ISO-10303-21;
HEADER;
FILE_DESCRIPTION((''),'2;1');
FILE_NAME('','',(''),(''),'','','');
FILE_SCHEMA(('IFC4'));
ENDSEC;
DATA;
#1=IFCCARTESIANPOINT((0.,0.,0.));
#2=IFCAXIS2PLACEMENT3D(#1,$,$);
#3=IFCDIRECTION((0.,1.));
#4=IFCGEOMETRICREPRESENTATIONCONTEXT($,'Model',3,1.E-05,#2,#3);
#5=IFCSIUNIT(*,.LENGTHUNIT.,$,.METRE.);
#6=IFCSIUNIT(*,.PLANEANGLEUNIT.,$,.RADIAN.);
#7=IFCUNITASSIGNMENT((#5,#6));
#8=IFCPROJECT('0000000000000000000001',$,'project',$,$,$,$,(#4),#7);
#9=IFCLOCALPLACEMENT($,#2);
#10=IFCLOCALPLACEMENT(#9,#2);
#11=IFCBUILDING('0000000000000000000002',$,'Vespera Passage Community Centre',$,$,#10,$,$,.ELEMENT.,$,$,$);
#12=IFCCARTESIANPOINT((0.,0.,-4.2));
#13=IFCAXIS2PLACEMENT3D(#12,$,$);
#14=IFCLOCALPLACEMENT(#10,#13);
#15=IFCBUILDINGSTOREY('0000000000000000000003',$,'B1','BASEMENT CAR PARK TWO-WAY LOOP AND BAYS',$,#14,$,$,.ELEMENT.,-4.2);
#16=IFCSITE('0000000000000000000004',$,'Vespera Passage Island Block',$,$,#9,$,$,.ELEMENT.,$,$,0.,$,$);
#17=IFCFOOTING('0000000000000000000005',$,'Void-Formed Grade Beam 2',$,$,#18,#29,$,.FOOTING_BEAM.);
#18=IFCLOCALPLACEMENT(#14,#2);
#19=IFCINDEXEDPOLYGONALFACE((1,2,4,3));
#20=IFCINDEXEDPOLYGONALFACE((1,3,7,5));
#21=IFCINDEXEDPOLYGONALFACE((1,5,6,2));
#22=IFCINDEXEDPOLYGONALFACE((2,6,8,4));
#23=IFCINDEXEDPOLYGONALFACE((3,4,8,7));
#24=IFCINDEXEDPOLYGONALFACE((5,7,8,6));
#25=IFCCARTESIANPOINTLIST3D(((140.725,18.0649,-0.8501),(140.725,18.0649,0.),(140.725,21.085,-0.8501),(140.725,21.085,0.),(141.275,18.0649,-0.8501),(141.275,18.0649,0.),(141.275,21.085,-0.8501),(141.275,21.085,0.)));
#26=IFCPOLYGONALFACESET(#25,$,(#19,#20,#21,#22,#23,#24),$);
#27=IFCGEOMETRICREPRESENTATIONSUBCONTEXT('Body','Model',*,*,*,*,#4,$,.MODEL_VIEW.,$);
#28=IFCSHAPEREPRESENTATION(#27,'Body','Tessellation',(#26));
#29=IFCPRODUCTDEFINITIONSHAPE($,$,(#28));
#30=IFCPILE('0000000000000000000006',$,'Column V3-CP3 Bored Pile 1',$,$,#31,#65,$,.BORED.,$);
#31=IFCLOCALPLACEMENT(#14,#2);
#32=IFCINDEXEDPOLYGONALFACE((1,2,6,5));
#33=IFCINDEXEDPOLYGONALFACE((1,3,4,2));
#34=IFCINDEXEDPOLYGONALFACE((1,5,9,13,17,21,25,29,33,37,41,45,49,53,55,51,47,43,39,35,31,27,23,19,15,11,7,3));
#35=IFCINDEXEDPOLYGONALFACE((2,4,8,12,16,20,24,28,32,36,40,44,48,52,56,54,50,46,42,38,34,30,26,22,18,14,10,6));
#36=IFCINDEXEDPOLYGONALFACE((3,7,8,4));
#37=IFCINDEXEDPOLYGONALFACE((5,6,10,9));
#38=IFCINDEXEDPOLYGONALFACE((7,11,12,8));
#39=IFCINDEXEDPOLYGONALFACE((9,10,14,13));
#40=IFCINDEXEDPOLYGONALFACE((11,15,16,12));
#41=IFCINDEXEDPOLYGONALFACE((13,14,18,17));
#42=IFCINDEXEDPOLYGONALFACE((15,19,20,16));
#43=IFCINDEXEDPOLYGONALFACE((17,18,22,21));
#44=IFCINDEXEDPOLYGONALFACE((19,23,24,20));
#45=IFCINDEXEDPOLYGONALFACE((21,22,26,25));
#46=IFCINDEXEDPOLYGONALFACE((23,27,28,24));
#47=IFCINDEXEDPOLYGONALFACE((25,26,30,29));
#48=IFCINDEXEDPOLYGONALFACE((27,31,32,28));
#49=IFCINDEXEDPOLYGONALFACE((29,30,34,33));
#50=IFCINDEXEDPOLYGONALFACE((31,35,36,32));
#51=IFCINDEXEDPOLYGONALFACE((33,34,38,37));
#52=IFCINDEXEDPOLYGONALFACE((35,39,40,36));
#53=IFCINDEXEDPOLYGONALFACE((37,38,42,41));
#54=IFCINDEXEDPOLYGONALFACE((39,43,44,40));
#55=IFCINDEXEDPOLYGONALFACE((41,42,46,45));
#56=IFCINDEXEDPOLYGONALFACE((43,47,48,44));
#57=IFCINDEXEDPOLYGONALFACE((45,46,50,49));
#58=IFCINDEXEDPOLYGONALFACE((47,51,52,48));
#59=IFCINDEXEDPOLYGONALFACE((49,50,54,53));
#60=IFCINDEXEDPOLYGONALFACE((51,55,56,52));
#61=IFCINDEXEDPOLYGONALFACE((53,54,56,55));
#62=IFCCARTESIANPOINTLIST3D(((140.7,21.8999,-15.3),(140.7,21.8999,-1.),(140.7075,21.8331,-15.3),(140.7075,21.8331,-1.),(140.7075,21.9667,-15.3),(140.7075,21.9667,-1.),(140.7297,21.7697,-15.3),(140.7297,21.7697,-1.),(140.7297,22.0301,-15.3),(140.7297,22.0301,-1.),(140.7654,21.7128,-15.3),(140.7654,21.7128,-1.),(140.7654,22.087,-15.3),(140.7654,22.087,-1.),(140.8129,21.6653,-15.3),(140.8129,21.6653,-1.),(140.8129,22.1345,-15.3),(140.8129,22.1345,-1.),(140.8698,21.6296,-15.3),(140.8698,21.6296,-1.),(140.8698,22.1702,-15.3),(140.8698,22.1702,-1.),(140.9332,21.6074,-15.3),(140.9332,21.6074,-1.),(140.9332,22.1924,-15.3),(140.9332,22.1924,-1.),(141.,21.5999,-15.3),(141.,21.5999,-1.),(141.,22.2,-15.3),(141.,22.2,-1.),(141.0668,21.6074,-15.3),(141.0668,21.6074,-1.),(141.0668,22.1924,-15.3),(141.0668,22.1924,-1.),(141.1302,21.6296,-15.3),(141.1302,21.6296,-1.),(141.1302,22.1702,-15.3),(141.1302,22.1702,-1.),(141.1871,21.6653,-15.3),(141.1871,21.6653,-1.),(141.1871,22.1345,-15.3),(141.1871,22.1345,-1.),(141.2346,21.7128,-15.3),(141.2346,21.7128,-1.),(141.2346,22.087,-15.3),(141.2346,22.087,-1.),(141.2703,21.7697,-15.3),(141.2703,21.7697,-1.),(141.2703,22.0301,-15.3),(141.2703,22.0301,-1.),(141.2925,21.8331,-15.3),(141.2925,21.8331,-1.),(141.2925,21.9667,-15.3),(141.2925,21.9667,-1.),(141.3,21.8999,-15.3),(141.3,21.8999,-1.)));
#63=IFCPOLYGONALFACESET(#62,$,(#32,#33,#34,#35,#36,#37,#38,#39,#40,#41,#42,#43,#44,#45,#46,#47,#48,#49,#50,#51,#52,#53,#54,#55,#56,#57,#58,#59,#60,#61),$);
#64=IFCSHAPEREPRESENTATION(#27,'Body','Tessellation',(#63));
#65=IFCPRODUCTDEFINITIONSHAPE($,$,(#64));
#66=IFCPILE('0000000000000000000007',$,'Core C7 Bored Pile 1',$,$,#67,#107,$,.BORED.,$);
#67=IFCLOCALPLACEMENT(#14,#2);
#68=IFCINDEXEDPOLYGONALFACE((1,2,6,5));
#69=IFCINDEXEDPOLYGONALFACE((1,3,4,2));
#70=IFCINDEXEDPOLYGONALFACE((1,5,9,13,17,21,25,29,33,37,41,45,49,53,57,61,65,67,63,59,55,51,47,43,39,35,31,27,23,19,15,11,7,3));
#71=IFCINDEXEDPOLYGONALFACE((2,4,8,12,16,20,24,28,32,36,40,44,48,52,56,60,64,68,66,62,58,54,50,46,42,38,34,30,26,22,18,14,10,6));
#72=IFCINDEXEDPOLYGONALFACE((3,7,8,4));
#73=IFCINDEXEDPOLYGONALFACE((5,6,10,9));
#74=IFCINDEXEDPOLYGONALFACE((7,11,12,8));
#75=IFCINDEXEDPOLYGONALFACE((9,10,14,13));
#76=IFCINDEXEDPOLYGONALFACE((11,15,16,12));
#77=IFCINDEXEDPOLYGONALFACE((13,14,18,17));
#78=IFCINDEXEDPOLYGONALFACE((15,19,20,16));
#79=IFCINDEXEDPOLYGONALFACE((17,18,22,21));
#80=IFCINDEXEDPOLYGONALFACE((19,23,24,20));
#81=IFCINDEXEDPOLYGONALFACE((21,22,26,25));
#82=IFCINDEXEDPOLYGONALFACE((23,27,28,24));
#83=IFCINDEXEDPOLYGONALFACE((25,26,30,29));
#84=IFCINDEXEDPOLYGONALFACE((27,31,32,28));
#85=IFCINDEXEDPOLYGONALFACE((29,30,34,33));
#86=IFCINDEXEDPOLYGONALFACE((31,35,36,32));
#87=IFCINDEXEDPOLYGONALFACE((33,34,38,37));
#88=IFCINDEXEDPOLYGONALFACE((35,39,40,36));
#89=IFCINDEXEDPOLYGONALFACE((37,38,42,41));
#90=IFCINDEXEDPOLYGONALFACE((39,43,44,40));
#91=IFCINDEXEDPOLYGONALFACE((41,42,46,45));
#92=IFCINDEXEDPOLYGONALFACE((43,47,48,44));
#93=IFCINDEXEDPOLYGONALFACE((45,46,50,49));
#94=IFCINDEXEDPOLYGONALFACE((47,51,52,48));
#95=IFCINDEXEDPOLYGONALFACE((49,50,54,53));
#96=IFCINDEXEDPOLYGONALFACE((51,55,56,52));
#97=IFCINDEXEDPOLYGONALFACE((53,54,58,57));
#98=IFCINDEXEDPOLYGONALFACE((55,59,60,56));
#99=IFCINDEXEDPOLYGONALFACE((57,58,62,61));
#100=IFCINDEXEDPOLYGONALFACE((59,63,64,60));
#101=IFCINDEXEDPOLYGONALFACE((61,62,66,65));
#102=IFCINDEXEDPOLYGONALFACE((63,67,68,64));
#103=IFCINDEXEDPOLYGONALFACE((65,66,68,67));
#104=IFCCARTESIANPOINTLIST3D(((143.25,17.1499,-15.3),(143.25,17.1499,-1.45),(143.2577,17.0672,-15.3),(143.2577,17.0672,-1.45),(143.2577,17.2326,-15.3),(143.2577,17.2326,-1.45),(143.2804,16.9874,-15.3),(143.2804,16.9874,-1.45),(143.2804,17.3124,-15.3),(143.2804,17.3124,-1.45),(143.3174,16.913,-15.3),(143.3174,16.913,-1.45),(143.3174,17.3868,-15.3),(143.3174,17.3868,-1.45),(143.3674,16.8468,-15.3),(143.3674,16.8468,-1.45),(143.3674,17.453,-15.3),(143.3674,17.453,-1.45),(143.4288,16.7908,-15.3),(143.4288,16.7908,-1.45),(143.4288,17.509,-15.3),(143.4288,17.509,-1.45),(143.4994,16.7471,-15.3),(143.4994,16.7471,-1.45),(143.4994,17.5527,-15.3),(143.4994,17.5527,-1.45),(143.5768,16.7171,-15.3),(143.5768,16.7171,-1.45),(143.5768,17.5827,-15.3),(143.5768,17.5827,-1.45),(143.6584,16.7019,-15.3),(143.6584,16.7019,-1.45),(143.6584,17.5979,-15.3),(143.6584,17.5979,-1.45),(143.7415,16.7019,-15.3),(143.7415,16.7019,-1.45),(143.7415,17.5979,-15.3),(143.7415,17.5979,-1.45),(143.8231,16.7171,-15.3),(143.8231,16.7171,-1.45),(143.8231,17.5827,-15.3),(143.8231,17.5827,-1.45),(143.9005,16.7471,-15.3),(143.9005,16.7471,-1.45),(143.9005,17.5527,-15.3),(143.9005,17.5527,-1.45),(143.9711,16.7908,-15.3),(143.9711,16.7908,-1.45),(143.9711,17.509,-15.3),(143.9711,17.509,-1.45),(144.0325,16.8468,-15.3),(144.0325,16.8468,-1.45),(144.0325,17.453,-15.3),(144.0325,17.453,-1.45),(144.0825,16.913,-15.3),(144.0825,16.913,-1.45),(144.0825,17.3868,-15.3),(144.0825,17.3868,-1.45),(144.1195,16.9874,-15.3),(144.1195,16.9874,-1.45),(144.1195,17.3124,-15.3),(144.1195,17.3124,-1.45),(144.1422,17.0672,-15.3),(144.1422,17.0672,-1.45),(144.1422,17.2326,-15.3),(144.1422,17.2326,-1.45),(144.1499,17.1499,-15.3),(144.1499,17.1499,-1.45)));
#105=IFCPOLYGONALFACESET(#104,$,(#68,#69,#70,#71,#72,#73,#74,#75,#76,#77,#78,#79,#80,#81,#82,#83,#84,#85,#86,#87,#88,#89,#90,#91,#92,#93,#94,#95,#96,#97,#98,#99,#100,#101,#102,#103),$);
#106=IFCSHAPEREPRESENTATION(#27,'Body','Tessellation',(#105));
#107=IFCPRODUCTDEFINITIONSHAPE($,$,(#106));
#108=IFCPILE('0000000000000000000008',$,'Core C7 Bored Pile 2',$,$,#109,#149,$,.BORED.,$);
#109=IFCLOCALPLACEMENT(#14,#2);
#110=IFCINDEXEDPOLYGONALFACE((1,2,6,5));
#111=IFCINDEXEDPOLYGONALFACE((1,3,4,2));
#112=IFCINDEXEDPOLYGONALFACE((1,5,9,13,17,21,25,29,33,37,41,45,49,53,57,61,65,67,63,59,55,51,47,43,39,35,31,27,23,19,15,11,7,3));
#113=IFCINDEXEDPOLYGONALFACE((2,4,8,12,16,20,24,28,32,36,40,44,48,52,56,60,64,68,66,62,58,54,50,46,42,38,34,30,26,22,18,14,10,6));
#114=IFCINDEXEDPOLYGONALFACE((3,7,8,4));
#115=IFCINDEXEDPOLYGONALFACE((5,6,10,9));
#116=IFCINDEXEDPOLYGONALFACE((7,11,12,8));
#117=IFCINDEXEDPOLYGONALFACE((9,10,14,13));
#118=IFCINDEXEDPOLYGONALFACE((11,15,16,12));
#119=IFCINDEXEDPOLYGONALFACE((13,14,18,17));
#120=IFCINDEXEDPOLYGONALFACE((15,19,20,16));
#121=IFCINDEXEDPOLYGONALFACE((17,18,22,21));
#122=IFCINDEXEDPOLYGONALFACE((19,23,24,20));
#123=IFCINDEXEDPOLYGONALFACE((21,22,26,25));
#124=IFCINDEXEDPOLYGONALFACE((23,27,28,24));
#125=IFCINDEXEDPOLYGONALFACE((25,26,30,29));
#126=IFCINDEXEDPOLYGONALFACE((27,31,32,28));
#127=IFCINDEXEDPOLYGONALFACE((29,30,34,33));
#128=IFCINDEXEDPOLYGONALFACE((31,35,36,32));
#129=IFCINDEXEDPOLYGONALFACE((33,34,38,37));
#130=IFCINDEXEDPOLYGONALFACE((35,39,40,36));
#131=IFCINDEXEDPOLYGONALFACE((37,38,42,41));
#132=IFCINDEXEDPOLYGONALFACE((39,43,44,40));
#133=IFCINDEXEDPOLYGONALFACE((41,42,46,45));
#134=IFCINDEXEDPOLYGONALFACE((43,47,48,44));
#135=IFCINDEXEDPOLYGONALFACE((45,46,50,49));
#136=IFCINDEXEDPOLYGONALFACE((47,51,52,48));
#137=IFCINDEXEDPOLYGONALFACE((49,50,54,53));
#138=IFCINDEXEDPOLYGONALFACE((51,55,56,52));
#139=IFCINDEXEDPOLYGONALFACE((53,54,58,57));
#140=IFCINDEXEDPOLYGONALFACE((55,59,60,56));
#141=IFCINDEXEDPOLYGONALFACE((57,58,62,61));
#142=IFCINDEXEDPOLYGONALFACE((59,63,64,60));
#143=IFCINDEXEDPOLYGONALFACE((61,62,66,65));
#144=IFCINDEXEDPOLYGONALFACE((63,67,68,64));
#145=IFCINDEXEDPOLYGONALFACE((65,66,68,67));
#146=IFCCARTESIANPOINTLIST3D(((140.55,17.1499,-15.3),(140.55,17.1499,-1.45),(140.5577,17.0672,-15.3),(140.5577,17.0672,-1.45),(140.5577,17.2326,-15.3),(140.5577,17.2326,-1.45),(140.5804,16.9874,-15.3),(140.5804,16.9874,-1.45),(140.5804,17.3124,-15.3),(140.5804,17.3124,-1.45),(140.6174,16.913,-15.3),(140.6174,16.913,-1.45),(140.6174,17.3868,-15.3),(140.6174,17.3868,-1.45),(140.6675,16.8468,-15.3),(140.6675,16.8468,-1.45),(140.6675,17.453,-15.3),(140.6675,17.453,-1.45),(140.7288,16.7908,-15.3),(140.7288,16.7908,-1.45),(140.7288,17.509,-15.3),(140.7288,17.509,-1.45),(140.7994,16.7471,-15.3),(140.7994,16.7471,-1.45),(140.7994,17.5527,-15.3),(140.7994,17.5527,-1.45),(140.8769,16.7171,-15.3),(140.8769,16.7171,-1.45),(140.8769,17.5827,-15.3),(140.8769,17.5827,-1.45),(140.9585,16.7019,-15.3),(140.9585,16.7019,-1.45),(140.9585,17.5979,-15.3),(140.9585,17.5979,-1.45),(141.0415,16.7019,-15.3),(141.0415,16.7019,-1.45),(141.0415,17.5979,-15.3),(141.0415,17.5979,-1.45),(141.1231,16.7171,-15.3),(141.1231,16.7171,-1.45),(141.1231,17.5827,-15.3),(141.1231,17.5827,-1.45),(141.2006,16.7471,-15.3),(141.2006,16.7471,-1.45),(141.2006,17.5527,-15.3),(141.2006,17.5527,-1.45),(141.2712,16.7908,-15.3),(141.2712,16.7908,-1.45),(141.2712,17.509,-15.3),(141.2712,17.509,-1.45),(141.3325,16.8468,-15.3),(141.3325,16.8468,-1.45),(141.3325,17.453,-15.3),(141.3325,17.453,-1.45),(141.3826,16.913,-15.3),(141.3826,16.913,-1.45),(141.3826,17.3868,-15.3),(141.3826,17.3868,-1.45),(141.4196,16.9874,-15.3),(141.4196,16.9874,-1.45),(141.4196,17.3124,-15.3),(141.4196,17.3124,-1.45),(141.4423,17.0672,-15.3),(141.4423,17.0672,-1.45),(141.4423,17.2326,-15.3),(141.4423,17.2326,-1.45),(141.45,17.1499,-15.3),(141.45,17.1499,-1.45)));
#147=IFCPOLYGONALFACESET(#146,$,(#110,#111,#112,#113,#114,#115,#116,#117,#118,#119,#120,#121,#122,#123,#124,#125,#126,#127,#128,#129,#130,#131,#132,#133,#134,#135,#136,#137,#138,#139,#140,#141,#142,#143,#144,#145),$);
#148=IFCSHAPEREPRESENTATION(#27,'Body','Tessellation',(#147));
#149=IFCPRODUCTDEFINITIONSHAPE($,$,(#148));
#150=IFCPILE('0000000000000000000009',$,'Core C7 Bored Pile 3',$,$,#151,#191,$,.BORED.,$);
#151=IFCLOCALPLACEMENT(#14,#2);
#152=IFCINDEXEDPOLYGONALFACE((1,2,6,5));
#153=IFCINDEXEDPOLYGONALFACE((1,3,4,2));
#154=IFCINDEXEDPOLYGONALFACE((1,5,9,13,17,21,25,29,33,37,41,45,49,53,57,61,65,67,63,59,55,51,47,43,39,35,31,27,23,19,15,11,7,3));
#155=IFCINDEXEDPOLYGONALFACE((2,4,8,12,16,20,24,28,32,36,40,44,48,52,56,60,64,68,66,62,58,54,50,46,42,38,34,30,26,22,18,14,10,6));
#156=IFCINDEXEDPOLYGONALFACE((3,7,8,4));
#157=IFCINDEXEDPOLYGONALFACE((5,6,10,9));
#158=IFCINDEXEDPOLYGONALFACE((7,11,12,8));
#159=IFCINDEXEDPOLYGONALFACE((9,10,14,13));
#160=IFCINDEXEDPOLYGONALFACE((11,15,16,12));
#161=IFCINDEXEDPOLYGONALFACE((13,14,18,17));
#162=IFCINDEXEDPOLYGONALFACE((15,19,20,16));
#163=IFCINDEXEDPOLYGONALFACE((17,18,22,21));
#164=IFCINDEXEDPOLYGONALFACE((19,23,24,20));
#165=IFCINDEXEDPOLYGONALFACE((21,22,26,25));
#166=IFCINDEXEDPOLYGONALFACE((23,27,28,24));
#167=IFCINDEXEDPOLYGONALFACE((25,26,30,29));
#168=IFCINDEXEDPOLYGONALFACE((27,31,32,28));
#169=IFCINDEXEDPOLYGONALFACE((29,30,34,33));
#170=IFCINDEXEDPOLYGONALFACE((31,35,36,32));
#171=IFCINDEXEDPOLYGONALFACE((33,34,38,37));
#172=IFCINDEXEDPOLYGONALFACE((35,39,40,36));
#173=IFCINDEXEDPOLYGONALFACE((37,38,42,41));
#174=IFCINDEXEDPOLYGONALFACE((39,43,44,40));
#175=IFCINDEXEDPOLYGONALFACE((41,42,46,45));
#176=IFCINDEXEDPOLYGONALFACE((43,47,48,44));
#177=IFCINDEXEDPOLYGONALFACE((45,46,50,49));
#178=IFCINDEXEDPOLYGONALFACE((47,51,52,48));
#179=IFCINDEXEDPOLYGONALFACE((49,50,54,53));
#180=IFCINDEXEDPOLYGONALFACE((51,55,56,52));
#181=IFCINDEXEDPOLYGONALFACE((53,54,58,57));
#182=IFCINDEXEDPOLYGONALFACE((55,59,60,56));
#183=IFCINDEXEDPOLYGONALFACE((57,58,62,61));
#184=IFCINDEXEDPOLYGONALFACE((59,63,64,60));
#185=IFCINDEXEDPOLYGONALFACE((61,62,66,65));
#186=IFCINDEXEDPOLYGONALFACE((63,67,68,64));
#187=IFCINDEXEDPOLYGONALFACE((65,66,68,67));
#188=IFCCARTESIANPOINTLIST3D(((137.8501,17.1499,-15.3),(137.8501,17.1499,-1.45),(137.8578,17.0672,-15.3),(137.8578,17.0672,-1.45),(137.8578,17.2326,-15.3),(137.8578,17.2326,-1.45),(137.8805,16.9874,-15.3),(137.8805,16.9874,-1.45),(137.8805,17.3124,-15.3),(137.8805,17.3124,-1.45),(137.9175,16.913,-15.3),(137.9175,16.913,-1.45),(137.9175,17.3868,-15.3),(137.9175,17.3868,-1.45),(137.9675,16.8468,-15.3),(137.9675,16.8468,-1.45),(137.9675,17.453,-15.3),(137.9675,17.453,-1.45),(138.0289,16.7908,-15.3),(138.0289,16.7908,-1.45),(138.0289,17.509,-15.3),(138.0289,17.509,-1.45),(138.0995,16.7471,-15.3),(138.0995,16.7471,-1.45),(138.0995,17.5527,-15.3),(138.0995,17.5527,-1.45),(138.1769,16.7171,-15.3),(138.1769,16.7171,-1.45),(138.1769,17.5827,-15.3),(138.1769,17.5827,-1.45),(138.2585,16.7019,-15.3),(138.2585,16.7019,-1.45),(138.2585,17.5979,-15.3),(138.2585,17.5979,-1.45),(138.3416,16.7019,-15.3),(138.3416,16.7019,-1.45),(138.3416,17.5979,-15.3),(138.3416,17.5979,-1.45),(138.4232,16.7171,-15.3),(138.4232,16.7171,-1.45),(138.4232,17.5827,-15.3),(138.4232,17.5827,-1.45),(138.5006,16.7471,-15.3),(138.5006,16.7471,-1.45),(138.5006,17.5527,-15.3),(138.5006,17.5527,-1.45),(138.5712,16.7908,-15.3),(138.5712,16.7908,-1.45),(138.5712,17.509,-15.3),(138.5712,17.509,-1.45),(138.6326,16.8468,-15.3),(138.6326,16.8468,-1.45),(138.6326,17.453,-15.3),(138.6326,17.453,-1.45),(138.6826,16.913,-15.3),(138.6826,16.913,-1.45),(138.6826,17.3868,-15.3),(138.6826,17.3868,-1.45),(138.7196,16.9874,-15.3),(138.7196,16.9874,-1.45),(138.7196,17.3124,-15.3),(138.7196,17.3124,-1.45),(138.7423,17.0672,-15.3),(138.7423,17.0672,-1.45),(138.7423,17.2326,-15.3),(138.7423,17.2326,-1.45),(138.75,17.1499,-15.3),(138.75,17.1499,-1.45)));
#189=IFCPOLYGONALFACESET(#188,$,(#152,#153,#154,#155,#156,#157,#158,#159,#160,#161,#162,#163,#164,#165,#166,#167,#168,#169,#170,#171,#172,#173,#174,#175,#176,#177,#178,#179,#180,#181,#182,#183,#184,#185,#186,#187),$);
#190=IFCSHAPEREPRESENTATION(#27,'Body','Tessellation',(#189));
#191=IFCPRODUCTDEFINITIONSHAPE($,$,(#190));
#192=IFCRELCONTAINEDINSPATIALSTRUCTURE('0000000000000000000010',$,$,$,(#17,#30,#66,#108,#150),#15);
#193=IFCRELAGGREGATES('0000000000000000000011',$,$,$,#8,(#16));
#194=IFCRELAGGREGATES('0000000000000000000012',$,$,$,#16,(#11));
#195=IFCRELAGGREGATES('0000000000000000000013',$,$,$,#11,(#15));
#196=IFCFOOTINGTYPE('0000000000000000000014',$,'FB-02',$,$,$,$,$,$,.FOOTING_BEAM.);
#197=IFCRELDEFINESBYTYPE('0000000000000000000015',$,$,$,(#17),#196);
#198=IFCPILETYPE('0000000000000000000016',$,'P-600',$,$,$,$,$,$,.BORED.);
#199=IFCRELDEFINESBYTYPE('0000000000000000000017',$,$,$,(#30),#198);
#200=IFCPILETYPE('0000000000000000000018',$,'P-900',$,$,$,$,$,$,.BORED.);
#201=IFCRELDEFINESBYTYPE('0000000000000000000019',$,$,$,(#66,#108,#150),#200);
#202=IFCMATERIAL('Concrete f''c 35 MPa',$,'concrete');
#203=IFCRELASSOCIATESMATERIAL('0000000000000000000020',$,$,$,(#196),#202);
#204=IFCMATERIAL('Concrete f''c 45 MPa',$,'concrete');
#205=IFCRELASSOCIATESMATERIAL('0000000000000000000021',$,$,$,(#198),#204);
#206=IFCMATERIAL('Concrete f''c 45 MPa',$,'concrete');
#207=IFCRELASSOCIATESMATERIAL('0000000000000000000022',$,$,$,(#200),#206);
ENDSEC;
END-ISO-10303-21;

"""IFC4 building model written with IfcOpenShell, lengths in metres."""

from ifc_helpers import new_model, si_unit, direction, frame, origin, origin_2d, place, context, subcontext, project, spatial, rectangle, circle, extrude, material, material_profile, profile_set, type_object, element, save


model = new_model("IFC4")

# Units and contexts
model_context = context("Model", 3, precision=1e-05, world=origin(), true_north=direction((0.0, 1.0)))
body_context = subcontext(model_context, "Body", "Model", "MODEL_VIEW")
ifc_project = project(units=[si_unit("LENGTHUNIT", "METRE"), si_unit("PLANEANGLEUNIT", "RADIAN")], contexts=[model_context])

# Site, building, storey
site_placement = place(None, origin())
site = spatial("IfcSite", under=ifc_project, at=site_placement, Name="Vespera Passage Island Block", CompositionType="ELEMENT", RefElevation=0.0)
building_placement = place(site_placement, origin())
building = spatial("IfcBuilding", under=site, at=building_placement, Name="Vespera Passage Community Centre", CompositionType="ELEMENT")
storey_placement = place(building_placement, frame((0.0, 0.0, -4.2)))
storey = spatial("IfcBuildingStorey", under=building, at=storey_placement, Name="B1", Description="BASEMENT CAR PARK TWO-WAY LOOP AND BAYS", CompositionType="ELEMENT", Elevation=-4.2)

# Footing
ifc_material_1 = material(Name="Concrete f'c 35 MPa", Category="concrete")
footing_type_1 = type_object("IfcFootingType", Name="FB-02", PredefinedType="FOOTING_BEAM", material=ifc_material_1)
footing_1_placement = place(storey_placement, frame((141.0, 19.575, -0.8501), z_axis=(0.0, 0.0, 1.0), x_axis=(0.0, 1.0, 0.0)))
element("IfcFooting", 1, at=footing_1_placement, inside=storey, type_object=footing_type_1, Name="Void-Formed Grade Beam 2", PredefinedType="FOOTING_BEAM", context=body_context, shape_type="SweptSolid", body=[
    extrude(rectangle(XDim=3.02, YDim=0.55, at=origin_2d()), origin(), (0.0, 0.0, 1.0), 0.8501),
])

# Piles
ifc_material_2 = material(Name="Concrete f'c 45 MPa", Category="concrete")
ifc_material_profile_1 = material_profile(ifc_material_2, circle(Radius=0.3, at=origin_2d()), Name="PILE600DIA")
ifc_profile_set_1 = profile_set([ifc_material_profile_1], Name="Concrete f'c 45 MPa")
pile_type_1 = type_object("IfcPileType", Name="P-600", PredefinedType="BORED", material=ifc_profile_set_1)
pile_placement = place(storey_placement, frame((141.0, 21.8999, -1.0), z_axis=(0.0, 0.0, -1.0), x_axis=(1.0, 0.0, 0.0)))
element("IfcPile", 2, at=pile_placement, inside=storey, type_object=pile_type_1, Name="Column V3-CP3 Bored Pile 1", PredefinedType="BORED", context=body_context, shape_type="SweptSolid", body=[
    extrude(circle(Radius=0.3, at=origin_2d()), origin(), (0.0, 0.0, 1.0), 14.3),
])
ifc_material_3 = material(Name="Concrete f'c 45 MPa", Category="concrete")
ifc_material_profile_2 = material_profile(ifc_material_3, circle(Radius=0.45, at=origin_2d()), Name="PILE900DIA")
ifc_profile_set_2 = profile_set([ifc_material_profile_2], Name="Concrete f'c 45 MPa")
pile_type_2 = type_object("IfcPileType", Name="P-900", PredefinedType="BORED", material=ifc_profile_set_2)
for number, where, z_axis, x_axis, name in (
    (3, (143.7, 17.1499, -1.45), (0.0, 0.0, -1.0), (1.0, 0.0, 0.0), "Core C7 Bored Pile 1"),
    (4, (141.0, 17.1499, -1.45), (0.0, 0.0, -1.0), (1.0, 0.0, 0.0), "Core C7 Bored Pile 2"),
    (5, (138.3, 17.1499, -1.45), (0.0, 0.0, -1.0), (1.0, 0.0, 0.0), "Core C7 Bored Pile 3"),
):
    element("IfcPile", number, at=place(storey_placement, frame(where, z_axis=z_axis, x_axis=x_axis)), inside=storey, type_object=pile_type_2, Name=name, PredefinedType="BORED", context=body_context, shape_type="SweptSolid", body=[
        extrude(circle(Radius=0.45, at=origin_2d()), origin(), (0.0, 0.0, 1.0), 13.8501),
    ])

save(model, "model.ifc")
